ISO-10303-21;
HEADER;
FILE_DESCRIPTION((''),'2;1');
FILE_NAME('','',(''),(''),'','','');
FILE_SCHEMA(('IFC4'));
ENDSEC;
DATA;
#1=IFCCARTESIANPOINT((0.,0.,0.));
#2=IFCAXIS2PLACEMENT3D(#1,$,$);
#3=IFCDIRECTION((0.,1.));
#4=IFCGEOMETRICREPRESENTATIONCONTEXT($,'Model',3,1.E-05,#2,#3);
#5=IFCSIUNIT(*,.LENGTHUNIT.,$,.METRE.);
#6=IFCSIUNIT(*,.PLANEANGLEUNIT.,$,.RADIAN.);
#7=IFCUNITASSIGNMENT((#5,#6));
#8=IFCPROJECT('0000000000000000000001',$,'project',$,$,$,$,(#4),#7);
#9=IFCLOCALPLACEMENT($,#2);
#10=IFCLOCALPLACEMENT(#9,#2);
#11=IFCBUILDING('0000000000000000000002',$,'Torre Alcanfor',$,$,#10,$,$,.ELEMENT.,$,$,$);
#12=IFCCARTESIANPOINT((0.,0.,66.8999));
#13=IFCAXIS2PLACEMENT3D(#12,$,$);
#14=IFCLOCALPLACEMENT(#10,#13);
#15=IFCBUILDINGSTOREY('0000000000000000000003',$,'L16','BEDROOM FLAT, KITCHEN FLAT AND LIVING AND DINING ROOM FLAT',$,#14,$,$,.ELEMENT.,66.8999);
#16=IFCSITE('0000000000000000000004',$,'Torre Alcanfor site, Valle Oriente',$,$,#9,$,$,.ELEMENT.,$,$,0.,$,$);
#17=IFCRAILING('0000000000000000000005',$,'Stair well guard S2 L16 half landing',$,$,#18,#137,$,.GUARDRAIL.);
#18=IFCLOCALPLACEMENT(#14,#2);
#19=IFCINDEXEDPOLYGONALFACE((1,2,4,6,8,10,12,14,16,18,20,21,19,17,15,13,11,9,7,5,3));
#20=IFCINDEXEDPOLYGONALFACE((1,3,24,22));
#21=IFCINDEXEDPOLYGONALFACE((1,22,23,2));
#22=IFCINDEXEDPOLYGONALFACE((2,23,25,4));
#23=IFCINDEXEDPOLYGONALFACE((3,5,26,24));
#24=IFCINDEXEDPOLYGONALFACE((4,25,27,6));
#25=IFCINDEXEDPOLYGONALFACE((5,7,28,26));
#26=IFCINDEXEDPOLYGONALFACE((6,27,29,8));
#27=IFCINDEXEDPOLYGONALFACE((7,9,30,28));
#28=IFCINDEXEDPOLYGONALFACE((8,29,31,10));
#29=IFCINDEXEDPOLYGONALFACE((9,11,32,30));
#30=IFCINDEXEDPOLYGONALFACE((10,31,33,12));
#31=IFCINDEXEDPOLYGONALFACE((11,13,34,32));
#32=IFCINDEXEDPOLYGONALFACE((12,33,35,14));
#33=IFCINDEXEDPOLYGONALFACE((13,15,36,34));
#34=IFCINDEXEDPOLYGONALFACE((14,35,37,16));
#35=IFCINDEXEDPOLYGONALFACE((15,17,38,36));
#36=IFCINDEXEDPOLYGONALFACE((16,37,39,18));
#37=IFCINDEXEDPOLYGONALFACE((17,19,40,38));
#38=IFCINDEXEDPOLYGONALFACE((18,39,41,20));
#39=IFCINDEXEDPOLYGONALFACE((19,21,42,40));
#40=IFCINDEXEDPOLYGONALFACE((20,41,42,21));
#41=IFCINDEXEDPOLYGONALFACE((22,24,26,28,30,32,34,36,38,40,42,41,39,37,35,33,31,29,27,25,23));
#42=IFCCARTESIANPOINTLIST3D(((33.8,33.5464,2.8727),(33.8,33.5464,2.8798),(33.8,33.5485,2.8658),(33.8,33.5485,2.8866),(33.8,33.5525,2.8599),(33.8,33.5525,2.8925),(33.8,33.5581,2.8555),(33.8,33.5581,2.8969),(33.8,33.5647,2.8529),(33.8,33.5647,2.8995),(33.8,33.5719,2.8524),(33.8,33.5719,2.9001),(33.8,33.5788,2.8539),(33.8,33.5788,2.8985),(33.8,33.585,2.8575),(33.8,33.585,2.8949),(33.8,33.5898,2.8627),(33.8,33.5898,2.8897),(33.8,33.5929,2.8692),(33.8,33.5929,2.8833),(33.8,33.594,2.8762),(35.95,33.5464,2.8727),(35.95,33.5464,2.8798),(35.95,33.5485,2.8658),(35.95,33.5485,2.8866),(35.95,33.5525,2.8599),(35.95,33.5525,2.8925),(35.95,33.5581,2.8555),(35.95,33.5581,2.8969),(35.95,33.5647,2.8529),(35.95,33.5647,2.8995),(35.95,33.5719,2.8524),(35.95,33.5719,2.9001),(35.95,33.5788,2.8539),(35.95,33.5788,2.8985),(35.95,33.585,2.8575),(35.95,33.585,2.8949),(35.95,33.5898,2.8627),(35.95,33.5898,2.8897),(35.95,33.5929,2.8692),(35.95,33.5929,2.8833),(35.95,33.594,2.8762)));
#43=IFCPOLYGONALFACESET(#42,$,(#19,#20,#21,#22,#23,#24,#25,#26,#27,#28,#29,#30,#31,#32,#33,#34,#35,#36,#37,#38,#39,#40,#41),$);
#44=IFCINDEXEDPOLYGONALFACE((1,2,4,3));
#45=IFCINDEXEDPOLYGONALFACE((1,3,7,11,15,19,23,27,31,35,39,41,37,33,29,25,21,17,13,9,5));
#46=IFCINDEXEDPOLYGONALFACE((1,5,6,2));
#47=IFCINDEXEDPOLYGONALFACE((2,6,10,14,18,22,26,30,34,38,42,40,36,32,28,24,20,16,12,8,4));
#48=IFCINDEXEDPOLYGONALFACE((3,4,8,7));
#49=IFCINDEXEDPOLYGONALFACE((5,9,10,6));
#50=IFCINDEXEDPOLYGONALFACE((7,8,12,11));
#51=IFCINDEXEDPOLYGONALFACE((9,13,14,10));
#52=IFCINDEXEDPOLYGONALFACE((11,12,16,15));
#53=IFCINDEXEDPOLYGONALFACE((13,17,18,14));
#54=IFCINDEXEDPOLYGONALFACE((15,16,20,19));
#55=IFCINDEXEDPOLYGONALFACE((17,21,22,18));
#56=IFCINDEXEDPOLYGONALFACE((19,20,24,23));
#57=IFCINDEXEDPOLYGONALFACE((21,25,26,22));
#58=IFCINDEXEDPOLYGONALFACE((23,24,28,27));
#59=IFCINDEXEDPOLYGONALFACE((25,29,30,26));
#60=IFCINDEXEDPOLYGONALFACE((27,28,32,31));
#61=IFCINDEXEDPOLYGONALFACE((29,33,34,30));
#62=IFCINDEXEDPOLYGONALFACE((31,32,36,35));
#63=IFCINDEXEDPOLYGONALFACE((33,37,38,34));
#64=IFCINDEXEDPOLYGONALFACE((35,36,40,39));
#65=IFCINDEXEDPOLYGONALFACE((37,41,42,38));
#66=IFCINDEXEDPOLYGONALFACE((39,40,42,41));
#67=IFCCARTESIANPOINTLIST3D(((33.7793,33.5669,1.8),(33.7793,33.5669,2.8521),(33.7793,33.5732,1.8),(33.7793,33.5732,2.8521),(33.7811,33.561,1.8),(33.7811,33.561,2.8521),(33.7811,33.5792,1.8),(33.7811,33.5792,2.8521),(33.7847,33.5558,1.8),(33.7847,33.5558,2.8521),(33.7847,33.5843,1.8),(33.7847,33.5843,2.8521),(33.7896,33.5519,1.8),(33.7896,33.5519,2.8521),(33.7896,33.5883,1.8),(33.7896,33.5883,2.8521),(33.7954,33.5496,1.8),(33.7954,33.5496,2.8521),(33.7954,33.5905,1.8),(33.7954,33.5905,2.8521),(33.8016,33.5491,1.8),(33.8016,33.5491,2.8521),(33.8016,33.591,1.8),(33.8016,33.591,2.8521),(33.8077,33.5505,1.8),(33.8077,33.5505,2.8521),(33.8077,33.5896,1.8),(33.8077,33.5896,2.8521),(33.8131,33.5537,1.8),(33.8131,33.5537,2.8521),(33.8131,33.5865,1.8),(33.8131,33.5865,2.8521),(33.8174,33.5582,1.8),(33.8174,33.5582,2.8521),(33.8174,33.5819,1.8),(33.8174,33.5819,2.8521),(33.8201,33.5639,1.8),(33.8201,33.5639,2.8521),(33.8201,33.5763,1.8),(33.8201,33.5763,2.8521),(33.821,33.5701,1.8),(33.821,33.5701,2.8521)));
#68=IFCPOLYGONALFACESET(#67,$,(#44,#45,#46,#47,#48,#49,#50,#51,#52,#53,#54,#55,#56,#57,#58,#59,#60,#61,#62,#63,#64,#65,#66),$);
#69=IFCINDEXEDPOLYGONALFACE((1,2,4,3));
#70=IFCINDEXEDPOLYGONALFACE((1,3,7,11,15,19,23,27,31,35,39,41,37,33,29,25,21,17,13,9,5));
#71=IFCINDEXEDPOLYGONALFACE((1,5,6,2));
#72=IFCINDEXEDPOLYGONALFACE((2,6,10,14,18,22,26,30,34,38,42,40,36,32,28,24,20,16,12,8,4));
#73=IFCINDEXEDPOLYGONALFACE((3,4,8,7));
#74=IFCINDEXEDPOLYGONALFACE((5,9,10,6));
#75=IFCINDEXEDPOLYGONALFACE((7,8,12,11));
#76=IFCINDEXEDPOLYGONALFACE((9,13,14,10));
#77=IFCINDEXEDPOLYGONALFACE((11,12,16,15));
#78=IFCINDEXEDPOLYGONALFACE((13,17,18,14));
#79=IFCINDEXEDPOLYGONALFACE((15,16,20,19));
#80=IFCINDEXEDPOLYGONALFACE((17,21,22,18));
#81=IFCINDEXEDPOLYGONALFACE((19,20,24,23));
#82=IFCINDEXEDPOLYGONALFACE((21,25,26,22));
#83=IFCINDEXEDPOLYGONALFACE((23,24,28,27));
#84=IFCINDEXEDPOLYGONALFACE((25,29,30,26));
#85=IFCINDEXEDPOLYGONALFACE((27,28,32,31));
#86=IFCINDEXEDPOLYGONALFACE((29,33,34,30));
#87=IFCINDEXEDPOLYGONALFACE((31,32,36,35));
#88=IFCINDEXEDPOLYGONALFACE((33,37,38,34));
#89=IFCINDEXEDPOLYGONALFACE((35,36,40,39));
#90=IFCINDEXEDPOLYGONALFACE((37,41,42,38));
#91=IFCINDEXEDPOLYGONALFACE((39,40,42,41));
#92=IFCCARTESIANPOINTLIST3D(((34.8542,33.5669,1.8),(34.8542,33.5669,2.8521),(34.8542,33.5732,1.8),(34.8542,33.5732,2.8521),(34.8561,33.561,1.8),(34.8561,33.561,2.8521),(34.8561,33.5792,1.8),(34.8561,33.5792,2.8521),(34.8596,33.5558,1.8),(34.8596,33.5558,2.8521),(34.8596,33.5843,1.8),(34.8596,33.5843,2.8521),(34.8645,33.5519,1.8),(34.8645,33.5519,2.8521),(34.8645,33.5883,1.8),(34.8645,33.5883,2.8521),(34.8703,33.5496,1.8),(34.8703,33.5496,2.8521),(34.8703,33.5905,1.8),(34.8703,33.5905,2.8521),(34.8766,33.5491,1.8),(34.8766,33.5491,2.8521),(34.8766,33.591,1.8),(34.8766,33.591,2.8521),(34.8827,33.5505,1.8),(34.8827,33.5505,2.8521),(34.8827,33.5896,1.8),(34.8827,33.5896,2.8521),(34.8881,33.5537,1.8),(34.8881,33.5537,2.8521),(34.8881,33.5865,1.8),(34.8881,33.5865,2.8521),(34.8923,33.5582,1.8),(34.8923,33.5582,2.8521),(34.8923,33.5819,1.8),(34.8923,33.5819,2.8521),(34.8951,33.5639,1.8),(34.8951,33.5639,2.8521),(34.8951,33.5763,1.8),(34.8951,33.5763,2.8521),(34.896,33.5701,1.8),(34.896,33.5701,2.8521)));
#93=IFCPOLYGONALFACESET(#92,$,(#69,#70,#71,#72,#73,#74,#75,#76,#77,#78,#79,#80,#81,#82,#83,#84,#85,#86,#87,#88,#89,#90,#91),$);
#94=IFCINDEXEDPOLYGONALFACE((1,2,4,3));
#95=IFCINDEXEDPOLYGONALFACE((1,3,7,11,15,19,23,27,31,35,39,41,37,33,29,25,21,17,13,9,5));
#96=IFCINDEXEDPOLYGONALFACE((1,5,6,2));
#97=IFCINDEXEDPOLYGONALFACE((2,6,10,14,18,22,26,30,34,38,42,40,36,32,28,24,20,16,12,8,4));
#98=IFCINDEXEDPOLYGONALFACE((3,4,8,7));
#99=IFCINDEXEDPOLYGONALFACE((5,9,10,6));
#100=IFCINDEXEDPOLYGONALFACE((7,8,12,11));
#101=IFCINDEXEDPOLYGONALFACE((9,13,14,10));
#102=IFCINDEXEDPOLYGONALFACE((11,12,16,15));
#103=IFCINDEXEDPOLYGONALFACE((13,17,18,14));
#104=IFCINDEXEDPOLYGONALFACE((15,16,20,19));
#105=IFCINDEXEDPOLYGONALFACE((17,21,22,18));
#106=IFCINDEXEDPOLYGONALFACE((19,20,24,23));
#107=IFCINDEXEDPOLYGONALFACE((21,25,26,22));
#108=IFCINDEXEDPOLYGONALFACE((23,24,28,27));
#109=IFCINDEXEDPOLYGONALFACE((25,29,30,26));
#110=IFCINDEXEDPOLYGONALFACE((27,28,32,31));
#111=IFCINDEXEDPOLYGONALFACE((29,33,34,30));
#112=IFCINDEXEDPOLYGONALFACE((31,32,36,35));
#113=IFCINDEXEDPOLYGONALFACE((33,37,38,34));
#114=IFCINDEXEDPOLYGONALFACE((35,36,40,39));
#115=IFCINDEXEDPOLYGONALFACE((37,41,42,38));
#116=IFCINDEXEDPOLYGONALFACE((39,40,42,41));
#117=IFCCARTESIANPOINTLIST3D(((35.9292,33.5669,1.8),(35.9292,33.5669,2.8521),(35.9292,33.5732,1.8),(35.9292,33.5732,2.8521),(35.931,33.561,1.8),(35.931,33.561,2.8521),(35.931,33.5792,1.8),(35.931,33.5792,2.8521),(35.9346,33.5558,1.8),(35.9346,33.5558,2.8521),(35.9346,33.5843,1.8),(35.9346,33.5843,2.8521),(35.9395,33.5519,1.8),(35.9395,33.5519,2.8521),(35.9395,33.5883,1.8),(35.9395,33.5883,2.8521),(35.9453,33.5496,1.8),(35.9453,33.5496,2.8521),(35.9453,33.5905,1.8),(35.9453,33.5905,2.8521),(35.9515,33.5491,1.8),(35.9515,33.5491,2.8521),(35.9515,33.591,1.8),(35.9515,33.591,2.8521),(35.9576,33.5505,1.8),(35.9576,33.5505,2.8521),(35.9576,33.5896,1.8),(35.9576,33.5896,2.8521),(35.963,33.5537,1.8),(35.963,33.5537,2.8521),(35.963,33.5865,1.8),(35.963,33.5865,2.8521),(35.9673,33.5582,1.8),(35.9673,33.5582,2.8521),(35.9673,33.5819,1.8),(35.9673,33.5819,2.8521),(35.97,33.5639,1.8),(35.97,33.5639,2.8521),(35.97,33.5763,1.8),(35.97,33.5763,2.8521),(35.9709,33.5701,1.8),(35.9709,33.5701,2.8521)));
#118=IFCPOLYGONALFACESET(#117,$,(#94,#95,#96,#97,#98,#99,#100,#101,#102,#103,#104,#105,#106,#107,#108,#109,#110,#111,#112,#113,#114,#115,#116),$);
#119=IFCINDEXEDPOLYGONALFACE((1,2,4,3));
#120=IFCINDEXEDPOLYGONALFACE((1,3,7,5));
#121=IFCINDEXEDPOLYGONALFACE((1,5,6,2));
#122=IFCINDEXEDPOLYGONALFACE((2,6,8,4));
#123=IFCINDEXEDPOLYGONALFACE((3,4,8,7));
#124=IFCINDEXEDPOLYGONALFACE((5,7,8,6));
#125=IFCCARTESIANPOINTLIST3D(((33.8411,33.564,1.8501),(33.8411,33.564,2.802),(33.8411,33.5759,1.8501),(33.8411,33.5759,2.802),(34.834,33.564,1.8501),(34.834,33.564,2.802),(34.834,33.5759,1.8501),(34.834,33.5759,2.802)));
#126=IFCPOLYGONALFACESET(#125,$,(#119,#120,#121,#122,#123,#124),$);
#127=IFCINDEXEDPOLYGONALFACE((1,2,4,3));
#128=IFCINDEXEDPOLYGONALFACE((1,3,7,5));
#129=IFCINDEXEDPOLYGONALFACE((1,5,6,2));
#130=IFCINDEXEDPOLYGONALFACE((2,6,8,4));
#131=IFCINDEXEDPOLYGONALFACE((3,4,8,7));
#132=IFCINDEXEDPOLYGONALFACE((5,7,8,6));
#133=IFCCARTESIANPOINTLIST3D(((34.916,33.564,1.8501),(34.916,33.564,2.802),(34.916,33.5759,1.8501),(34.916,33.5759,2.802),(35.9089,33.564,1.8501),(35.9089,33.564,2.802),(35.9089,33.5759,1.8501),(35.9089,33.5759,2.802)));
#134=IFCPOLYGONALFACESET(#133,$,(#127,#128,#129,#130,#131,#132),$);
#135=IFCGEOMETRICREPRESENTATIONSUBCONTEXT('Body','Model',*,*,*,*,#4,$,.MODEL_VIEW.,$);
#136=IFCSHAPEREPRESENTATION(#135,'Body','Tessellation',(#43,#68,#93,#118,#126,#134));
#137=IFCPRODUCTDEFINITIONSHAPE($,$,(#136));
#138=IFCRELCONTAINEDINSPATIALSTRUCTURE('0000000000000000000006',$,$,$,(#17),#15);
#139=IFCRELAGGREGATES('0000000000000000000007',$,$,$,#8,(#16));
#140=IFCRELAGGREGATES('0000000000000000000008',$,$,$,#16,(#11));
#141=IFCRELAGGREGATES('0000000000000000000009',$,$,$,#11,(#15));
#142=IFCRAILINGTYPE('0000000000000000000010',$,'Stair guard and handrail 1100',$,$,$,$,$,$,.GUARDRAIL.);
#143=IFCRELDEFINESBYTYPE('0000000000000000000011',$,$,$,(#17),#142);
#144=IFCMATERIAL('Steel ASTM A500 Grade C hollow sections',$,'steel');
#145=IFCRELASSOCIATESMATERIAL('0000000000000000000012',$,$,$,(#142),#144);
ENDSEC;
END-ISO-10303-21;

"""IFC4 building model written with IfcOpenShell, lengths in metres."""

from ifc_helpers import new_model, si_unit, direction, frame, origin, origin_2d, place, context, subcontext, project, spatial, polyline, circle, outline, extrude, material, type_object, element, save


model = new_model("IFC4")

# Units and contexts
model_context = context("Model", 3, precision=1e-05, world=origin(), true_north=direction((0.0, 1.0)))
body_context = subcontext(model_context, "Body", "Model", "MODEL_VIEW")
ifc_project = project(units=[si_unit("LENGTHUNIT", "METRE"), si_unit("PLANEANGLEUNIT", "RADIAN")], contexts=[model_context])

# Site, building, storey
site_placement = place(None, origin())
site = spatial("IfcSite", under=ifc_project, at=site_placement, Name="Torre Alcanfor site, Valle Oriente", CompositionType="ELEMENT", RefElevation=0.0)
building_placement = place(site_placement, origin())
building = spatial("IfcBuilding", under=site, at=building_placement, Name="Torre Alcanfor", CompositionType="ELEMENT")
storey_placement = place(building_placement, frame((0.0, 0.0, 66.8999)))
storey = spatial("IfcBuildingStorey", under=building, at=storey_placement, Name="L16", Description="BEDROOM FLAT, KITCHEN FLAT AND LIVING AND DINING ROOM FLAT", CompositionType="ELEMENT", Elevation=66.8999)

# Railing
ifc_material_1 = material(Name="Steel ASTM A500 Grade C hollow sections", Category="steel")
railing_type_1 = type_object("IfcRailingType", Name="Stair guard and handrail 1100", PredefinedType="GUARDRAIL", material=ifc_material_1)
for number, where, name in (
    (1, (33.8, 33.5701, 1.8), "Stair well guard S2 L16 half landing"),
):
    element("IfcRailing", number, at=place(storey_placement, frame(where)), inside=storey, type_object=railing_type_1, Name=name, PredefinedType="GUARDRAIL", context=body_context, shape_type="SweptSolid", body=[
        extrude(circle(Radius=0.0239, at=origin_2d()), frame((0.0, 0.0, 1.0762), z_axis=(1.0, 0.0, 0.0), x_axis=(0.0, 1.0, 0.0)), (0.0, 0.0, 1.0), 2.1499),
        extrude(circle(Radius=0.021, at=origin_2d()), origin(), (0.0, 0.0, 1.0), 1.052),
        extrude(circle(Radius=0.021, at=origin_2d()), frame((1.075, 0.0, 0.0)), (0.0, 0.0, 1.0), 1.052),
        extrude(circle(Radius=0.021, at=origin_2d()), frame((2.1499, 0.0, 0.0)), (0.0, 0.0, 1.0), 1.052),
        extrude(outline(polyline([(0.041, 0.05), (1.0339, 0.05), (1.0339, 1.002), (0.041, 1.002), (0.041, 0.05)])), frame((0.0, 0.0059, 0.0), z_axis=(0.0, -1.0, 0.0), x_axis=(1.0, 0.0, 0.0)), (0.0, 0.0, 1.0), 0.012),
        extrude(outline(polyline([(1.116, 0.05), (2.1089, 0.05), (2.1089, 1.002), (1.116, 1.002), (1.116, 0.05)])), frame((0.0, 0.0059, 0.0), z_axis=(0.0, -1.0, 0.0), x_axis=(1.0, 0.0, 0.0)), (0.0, 0.0, 1.0), 0.012),
    ])

save(model, "model.ifc")
